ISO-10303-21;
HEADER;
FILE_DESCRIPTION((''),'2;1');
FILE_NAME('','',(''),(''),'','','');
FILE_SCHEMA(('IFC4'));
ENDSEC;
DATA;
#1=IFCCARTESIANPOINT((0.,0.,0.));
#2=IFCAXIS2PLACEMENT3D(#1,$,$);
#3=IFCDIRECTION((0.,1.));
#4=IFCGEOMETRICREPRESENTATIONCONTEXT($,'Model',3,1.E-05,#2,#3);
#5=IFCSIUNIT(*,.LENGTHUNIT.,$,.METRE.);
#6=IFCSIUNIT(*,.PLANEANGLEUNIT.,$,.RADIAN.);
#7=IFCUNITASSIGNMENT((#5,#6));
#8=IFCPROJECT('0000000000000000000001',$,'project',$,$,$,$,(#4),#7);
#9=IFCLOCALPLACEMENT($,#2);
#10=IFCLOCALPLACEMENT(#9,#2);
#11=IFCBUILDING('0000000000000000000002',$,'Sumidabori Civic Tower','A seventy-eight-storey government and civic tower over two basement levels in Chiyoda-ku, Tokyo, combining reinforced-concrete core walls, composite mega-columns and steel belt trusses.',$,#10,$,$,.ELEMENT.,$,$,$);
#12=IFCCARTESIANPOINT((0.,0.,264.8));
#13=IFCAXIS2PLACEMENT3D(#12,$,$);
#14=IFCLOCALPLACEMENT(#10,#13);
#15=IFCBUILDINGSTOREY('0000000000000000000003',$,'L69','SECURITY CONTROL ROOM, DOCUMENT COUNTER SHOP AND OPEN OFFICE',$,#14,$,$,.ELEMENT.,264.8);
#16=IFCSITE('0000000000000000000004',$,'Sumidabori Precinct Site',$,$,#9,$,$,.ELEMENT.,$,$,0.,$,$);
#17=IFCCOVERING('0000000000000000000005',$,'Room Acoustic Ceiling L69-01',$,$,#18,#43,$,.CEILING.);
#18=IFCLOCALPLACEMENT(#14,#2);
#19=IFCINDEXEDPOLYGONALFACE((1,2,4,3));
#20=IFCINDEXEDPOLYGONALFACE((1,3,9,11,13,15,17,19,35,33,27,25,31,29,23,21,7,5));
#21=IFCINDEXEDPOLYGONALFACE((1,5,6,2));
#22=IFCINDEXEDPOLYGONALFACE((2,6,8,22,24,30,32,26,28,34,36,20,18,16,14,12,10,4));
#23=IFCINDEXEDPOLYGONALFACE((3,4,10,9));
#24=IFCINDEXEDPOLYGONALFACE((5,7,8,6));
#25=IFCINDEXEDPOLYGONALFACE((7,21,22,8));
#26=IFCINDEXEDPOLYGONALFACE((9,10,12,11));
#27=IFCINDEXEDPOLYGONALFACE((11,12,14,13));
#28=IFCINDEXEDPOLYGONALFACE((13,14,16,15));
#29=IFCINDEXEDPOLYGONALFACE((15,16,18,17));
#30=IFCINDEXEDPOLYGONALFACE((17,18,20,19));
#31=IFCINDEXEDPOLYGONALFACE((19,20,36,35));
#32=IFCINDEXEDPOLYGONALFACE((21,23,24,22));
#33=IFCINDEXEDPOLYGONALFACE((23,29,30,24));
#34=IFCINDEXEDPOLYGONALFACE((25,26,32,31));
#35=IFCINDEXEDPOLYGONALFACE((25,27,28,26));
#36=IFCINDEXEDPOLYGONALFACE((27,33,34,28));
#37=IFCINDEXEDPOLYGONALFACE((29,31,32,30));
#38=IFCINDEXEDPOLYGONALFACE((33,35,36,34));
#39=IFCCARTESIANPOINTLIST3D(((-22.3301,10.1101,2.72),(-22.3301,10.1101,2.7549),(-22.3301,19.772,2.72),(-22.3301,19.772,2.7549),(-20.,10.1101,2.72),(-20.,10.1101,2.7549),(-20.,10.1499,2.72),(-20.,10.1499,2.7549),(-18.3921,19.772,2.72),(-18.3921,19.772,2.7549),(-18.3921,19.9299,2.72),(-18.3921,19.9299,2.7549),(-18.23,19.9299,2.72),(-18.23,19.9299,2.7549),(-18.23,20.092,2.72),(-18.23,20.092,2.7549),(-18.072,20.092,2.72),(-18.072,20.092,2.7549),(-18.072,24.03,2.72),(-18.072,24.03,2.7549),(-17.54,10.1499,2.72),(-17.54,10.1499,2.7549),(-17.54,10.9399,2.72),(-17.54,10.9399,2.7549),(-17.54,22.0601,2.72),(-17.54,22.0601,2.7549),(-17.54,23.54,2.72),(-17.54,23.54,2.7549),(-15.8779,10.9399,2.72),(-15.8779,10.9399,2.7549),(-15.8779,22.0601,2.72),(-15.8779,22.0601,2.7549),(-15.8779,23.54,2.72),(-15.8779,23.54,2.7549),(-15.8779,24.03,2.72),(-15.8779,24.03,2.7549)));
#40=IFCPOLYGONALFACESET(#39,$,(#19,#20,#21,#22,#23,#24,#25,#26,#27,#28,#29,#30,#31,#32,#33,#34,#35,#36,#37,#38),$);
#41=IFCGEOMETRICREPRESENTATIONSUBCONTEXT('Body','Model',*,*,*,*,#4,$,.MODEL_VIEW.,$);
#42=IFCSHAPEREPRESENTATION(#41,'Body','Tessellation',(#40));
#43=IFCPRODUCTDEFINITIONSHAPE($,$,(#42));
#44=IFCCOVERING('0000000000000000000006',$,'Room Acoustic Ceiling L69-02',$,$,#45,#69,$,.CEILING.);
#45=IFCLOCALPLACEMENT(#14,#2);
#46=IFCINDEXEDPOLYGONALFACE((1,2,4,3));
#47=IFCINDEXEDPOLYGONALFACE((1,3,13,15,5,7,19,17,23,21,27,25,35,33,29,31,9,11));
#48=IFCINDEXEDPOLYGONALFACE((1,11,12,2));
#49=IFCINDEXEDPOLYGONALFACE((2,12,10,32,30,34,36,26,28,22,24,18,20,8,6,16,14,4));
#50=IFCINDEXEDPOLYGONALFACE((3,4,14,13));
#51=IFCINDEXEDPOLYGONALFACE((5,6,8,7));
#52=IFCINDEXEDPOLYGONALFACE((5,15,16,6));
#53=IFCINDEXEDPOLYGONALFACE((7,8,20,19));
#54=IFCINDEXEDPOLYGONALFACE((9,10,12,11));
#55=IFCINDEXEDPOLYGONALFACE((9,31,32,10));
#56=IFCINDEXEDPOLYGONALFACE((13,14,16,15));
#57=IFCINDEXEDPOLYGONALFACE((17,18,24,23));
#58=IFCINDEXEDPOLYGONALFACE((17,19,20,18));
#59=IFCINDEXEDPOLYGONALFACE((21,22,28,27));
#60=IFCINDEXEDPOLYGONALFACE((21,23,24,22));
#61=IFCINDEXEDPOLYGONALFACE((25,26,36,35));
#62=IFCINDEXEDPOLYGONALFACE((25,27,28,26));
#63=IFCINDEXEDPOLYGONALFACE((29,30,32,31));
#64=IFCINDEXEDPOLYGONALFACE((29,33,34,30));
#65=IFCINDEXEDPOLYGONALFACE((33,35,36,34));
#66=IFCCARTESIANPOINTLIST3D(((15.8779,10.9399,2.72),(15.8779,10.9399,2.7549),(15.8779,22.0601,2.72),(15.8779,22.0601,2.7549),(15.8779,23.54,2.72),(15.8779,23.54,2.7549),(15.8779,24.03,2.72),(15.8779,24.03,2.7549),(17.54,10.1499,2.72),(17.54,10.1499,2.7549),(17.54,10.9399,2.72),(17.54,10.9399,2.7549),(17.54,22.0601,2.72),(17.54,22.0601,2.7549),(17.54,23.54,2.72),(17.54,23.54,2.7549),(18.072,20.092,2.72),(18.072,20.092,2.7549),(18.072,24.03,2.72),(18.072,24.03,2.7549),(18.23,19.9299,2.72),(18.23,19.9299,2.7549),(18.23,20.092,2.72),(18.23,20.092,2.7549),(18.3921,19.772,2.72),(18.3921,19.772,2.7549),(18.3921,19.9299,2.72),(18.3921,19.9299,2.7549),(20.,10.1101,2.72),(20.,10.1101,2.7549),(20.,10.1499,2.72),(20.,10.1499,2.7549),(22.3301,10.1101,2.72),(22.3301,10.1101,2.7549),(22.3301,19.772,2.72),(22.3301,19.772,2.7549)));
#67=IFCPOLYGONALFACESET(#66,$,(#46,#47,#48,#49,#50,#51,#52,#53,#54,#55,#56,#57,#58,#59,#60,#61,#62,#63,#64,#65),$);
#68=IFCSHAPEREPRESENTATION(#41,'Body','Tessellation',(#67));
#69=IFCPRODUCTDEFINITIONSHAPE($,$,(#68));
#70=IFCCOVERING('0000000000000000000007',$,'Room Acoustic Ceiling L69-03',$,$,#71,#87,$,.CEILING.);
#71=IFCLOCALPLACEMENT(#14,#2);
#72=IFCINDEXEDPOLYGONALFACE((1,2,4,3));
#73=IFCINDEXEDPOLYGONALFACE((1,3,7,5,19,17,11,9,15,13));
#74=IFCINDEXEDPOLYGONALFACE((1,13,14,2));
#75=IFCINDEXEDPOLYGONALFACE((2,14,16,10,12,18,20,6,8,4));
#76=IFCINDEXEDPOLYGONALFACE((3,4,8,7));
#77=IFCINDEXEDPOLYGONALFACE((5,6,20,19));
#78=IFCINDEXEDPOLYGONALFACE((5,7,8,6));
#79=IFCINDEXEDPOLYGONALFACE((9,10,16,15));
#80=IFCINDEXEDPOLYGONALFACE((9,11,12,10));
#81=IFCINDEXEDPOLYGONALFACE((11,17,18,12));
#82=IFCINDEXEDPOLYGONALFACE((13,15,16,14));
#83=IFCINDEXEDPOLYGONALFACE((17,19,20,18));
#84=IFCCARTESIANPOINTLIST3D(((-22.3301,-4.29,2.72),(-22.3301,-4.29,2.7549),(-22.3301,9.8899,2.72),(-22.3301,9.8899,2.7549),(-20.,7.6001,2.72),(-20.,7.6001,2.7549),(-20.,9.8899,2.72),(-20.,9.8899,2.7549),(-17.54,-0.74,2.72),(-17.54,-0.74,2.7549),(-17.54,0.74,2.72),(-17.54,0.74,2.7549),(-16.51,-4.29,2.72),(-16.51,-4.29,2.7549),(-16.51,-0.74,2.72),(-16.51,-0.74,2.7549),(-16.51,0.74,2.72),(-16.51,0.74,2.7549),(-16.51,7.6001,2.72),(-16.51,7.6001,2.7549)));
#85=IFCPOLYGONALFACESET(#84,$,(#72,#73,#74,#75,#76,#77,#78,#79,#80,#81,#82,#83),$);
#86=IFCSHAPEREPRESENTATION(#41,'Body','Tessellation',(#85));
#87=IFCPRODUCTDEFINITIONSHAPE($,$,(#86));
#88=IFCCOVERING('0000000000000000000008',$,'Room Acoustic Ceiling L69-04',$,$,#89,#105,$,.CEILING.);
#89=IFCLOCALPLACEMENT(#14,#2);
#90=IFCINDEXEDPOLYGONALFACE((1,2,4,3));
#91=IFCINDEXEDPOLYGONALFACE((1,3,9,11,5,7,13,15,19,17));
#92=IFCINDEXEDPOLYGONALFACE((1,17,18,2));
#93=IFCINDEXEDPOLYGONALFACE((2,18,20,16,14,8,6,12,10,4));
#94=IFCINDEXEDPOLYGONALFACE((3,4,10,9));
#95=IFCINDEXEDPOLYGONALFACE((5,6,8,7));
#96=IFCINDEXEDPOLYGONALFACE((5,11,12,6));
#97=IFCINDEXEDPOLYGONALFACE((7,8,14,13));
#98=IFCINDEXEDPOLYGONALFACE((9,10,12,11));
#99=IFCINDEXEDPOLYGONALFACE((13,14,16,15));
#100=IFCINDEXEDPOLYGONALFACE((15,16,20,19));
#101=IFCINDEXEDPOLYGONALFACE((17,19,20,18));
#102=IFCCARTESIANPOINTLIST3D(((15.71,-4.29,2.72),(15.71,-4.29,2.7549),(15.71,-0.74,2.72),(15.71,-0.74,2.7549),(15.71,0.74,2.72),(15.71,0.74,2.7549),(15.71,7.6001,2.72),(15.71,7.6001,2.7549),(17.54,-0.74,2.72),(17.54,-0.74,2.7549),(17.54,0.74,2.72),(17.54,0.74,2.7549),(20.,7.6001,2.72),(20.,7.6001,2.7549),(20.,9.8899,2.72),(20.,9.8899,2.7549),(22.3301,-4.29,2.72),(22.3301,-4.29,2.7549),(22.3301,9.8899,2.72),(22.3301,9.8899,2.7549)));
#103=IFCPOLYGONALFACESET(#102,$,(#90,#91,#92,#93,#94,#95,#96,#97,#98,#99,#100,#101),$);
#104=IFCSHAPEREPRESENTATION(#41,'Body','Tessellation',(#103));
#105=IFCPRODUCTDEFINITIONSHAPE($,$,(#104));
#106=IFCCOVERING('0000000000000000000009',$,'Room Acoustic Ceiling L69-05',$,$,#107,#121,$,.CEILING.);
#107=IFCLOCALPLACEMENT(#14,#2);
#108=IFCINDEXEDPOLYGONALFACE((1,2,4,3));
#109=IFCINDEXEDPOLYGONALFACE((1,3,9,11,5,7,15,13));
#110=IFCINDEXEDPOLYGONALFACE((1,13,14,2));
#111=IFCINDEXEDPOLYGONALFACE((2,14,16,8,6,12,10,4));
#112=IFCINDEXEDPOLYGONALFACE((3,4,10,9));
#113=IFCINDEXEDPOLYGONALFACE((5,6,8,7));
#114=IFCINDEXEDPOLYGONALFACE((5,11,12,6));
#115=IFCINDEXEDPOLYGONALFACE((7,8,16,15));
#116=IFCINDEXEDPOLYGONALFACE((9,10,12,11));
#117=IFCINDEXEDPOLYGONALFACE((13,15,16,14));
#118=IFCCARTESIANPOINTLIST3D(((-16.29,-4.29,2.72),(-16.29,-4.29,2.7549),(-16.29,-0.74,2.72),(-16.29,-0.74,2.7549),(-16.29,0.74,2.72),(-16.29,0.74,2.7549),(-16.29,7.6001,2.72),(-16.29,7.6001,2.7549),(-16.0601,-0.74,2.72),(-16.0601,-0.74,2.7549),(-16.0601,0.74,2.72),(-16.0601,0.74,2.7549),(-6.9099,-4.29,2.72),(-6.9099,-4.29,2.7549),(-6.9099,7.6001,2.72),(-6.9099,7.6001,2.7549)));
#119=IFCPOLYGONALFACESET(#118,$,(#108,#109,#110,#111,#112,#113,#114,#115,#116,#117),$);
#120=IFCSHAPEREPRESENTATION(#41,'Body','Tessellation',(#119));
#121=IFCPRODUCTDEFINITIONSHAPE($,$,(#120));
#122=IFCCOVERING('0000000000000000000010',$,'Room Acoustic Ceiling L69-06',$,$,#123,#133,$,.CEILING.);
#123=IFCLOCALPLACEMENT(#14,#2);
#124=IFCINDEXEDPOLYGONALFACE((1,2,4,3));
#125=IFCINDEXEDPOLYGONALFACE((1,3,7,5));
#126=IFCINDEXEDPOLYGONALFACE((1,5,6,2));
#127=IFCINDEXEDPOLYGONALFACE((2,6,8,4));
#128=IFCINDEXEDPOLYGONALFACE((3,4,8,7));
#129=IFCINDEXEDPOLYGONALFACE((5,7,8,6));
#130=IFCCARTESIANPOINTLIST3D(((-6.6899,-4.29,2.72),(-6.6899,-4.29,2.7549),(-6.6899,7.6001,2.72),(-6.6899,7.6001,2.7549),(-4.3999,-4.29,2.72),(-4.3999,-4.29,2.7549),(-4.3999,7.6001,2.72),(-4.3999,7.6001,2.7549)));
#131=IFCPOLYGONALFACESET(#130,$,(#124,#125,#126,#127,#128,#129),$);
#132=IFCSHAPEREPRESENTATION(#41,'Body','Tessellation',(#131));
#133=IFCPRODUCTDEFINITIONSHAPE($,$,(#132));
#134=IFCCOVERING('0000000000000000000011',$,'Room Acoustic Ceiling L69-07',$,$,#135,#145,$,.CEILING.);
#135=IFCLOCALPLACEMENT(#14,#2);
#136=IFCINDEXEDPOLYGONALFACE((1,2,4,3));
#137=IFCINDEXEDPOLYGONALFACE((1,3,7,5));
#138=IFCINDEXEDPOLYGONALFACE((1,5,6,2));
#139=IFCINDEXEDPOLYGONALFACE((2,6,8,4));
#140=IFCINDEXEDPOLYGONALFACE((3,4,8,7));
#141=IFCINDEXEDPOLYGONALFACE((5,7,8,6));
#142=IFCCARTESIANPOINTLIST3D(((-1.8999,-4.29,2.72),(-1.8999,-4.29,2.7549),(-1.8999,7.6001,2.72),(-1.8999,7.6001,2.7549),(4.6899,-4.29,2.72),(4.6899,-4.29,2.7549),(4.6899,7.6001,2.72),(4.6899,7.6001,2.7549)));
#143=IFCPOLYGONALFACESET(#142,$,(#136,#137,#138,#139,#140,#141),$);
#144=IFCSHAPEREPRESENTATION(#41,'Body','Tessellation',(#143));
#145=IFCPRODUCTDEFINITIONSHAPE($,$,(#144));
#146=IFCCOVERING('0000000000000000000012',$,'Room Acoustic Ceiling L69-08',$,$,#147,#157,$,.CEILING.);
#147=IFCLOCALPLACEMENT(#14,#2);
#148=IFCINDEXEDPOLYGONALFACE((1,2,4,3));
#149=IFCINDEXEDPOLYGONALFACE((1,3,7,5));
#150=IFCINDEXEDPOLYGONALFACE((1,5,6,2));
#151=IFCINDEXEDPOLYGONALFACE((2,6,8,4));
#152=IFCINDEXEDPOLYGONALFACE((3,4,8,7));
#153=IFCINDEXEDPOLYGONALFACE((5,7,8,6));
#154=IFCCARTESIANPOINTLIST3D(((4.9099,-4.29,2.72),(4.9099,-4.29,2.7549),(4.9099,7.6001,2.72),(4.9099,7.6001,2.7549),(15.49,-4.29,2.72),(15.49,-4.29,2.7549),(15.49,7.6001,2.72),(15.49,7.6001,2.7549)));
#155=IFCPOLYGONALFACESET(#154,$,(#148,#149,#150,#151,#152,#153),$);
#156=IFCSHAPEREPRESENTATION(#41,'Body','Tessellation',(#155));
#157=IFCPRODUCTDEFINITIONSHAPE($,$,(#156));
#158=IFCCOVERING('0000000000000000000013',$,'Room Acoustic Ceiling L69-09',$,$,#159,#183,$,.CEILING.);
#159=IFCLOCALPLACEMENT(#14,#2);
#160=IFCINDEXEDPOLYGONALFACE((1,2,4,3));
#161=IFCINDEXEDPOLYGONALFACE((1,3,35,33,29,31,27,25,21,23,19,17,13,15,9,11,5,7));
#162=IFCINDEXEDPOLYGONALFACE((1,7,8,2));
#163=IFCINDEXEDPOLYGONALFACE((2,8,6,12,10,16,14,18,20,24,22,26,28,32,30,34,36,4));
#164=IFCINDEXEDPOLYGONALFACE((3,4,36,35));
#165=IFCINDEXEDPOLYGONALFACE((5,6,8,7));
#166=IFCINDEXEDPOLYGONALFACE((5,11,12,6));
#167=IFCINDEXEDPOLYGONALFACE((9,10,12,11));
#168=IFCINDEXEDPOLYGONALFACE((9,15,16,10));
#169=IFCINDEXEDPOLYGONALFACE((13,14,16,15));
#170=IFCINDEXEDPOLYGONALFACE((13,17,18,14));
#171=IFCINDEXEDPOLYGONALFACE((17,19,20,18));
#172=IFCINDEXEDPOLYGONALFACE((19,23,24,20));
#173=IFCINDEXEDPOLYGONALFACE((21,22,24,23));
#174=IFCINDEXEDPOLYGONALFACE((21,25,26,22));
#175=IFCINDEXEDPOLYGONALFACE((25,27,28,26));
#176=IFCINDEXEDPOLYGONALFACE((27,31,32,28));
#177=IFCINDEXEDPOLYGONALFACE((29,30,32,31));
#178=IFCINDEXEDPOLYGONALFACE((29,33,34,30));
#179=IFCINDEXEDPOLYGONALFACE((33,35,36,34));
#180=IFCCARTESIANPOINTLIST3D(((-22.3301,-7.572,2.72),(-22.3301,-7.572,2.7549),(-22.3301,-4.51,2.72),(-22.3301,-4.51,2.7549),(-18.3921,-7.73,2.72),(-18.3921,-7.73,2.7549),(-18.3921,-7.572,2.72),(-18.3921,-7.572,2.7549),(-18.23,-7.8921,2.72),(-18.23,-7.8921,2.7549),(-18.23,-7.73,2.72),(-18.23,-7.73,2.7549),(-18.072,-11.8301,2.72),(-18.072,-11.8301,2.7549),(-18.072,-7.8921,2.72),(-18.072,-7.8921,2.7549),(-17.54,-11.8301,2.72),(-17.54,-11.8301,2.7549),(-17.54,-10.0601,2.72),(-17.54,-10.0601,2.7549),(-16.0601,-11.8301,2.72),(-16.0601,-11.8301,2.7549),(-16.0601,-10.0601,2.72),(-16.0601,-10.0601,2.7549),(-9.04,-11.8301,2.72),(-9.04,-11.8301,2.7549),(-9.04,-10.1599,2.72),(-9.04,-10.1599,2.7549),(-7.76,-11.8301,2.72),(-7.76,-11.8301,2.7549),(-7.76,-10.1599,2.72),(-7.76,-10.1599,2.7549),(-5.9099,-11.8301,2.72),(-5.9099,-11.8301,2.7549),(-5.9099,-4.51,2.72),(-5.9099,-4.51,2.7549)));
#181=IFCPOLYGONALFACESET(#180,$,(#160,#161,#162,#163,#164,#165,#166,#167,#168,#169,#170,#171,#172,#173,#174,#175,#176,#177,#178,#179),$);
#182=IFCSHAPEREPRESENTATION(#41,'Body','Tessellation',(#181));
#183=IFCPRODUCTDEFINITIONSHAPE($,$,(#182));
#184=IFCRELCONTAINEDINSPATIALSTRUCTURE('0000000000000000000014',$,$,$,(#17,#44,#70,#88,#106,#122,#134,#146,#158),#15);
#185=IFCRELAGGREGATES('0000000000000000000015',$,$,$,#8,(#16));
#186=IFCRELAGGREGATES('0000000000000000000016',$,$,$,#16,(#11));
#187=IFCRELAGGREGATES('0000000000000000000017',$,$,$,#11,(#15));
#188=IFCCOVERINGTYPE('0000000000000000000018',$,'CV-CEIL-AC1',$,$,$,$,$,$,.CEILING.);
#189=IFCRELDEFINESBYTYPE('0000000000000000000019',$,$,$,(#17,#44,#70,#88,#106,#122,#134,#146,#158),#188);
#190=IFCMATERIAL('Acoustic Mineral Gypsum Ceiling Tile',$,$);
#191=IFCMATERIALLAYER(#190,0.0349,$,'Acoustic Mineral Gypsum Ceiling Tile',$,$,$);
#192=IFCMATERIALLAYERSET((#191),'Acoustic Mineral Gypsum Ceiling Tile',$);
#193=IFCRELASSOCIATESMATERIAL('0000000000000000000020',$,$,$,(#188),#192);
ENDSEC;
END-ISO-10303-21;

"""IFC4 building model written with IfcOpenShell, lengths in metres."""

from ifc_helpers import new_model, si_unit, direction, frame, origin, place, context, subcontext, project, spatial, polyline, outline, extrude, material, layer, layer_set, type_object, element, save


model = new_model("IFC4")

# Units and contexts
model_context = context("Model", 3, precision=1e-05, world=origin(), true_north=direction((0.0, 1.0)))
body_context = subcontext(model_context, "Body", "Model", "MODEL_VIEW")
ifc_project = project(units=[si_unit("LENGTHUNIT", "METRE"), si_unit("PLANEANGLEUNIT", "RADIAN")], contexts=[model_context])

# Site, building, storey
site_placement = place(None, origin())
site = spatial("IfcSite", under=ifc_project, at=site_placement, Name="Sumidabori Precinct Site", CompositionType="ELEMENT", RefElevation=0.0)
building_placement = place(site_placement, origin())
building = spatial("IfcBuilding", under=site, at=building_placement, Name="Sumidabori Civic Tower", Description="A seventy-eight-storey government and civic tower over two basement levels in Chiyoda-ku, Tokyo, combining reinforced-concrete core walls, composite mega-columns and steel belt trusses.", CompositionType="ELEMENT")
storey_placement = place(building_placement, frame((0.0, 0.0, 264.8)))
storey = spatial("IfcBuildingStorey", under=building, at=storey_placement, Name="L69", Description="SECURITY CONTROL ROOM, DOCUMENT COUNTER SHOP AND OPEN OFFICE", CompositionType="ELEMENT", Elevation=264.8)

# Coverings
ifc_material_1 = material(Name="Acoustic Mineral Gypsum Ceiling Tile")
ifc_layer_1 = layer(ifc_material_1, 0.0349, Name="Acoustic Mineral Gypsum Ceiling Tile")
ifc_layer_set_1 = layer_set([ifc_layer_1], Name="Acoustic Mineral Gypsum Ceiling Tile")
covering_type_1 = type_object("IfcCoveringType", Name="CV-CEIL-AC1", PredefinedType="CEILING", material=ifc_layer_set_1)
covering_1_placement = place(storey_placement, frame((0.0, 0.0, 2.72)))
element("IfcCovering", 1, at=covering_1_placement, inside=storey, type_object=covering_type_1, Name="Room Acoustic Ceiling L69-01", PredefinedType="CEILING", context=body_context, shape_type="SweptSolid", body=[
    extrude(outline(polyline([(-22.3301, 10.1101), (-22.3301, 19.772), (-18.3921, 19.772), (-18.3921, 19.9299), (-18.23, 19.9299), (-18.23, 20.092), (-18.072, 20.092), (-18.072, 24.03), (-15.8779, 24.03), (-15.8779, 23.54), (-17.54, 23.54), (-17.54, 22.0601), (-15.8779, 22.0601), (-15.8779, 10.9399), (-17.54, 10.9399), (-17.54, 10.1499), (-20.0, 10.1499), (-20.0, 10.1101), (-22.3301, 10.1101)])), origin(), (0.0, 0.0, 1.0), 0.0349),
])
covering_2_placement = place(storey_placement, frame((0.0, 0.0, 2.72)))
element("IfcCovering", 2, at=covering_2_placement, inside=storey, type_object=covering_type_1, Name="Room Acoustic Ceiling L69-02", PredefinedType="CEILING", context=body_context, shape_type="SweptSolid", body=[
    extrude(outline(polyline([(17.54, 22.0601), (17.54, 23.54), (15.8779, 23.54), (15.8779, 24.03), (18.072, 24.03), (18.072, 20.092), (18.23, 20.092), (18.23, 19.9299), (18.3921, 19.9299), (18.3921, 19.772), (22.3301, 19.772), (22.3301, 10.1101), (20.0, 10.1101), (20.0, 10.1499), (17.54, 10.1499), (17.54, 10.9399), (15.8779, 10.9399), (15.8779, 22.0601), (17.54, 22.0601)])), origin(), (0.0, 0.0, 1.0), 0.0349),
])
covering_3_placement = place(storey_placement, frame((0.0, 0.0, 2.72)))
element("IfcCovering", 3, at=covering_3_placement, inside=storey, type_object=covering_type_1, Name="Room Acoustic Ceiling L69-03", PredefinedType="CEILING", context=body_context, shape_type="SweptSolid", body=[
    extrude(outline(polyline([(-20.0, 7.6001), (-16.51, 7.6001), (-16.51, 0.74), (-17.54, 0.74), (-17.54, -0.74), (-16.51, -0.74), (-16.51, -4.29), (-22.3301, -4.29), (-22.3301, 9.8899), (-20.0, 9.8899), (-20.0, 7.6001)])), origin(), (0.0, 0.0, 1.0), 0.0349),
])
covering_4_placement = place(storey_placement, frame((0.0, 0.0, 2.72)))
element("IfcCovering", 4, at=covering_4_placement, inside=storey, type_object=covering_type_1, Name="Room Acoustic Ceiling L69-04", PredefinedType="CEILING", context=body_context, shape_type="SweptSolid", body=[
    extrude(outline(polyline([(15.71, -0.74), (17.54, -0.74), (17.54, 0.74), (15.71, 0.74), (15.71, 7.6001), (20.0, 7.6001), (20.0, 9.8899), (22.3301, 9.8899), (22.3301, -4.29), (15.71, -4.29), (15.71, -0.74)])), origin(), (0.0, 0.0, 1.0), 0.0349),
])
covering_5_placement = place(storey_placement, frame((0.0, 0.0, 2.72)))
element("IfcCovering", 5, at=covering_5_placement, inside=storey, type_object=covering_type_1, Name="Room Acoustic Ceiling L69-05", PredefinedType="CEILING", context=body_context, shape_type="SweptSolid", body=[
    extrude(outline(polyline([(-16.29, -0.74), (-16.0601, -0.74), (-16.0601, 0.74), (-16.29, 0.74), (-16.29, 7.6001), (-6.9099, 7.6001), (-6.9099, -4.29), (-16.29, -4.29), (-16.29, -0.74)])), origin(), (0.0, 0.0, 1.0), 0.0349),
])
covering_6_placement = place(storey_placement, frame((0.0, 0.0, 2.72)))
element("IfcCovering", 6, at=covering_6_placement, inside=storey, type_object=covering_type_1, Name="Room Acoustic Ceiling L69-06", PredefinedType="CEILING", context=body_context, shape_type="SweptSolid", body=[
    extrude(outline(polyline([(-6.6899, 7.6001), (-4.3999, 7.6001), (-4.3999, -4.29), (-6.6899, -4.29), (-6.6899, 7.6001)])), origin(), (0.0, 0.0, 1.0), 0.0349),
])
covering_7_placement = place(storey_placement, frame((0.0, 0.0, 2.72)))
element("IfcCovering", 7, at=covering_7_placement, inside=storey, type_object=covering_type_1, Name="Room Acoustic Ceiling L69-07", PredefinedType="CEILING", context=body_context, shape_type="SweptSolid", body=[
    extrude(outline(polyline([(-1.8999, 7.6001), (4.6899, 7.6001), (4.6899, -4.29), (-1.8999, -4.29), (-1.8999, 7.6001)])), origin(), (0.0, 0.0, 1.0), 0.0349),
])
covering_8_placement = place(storey_placement, frame((0.0, 0.0, 2.72)))
element("IfcCovering", 8, at=covering_8_placement, inside=storey, type_object=covering_type_1, Name="Room Acoustic Ceiling L69-08", PredefinedType="CEILING", context=body_context, shape_type="SweptSolid", body=[
    extrude(outline(polyline([(4.9099, 7.6001), (15.49, 7.6001), (15.49, -4.29), (4.9099, -4.29), (4.9099, 7.6001)])), origin(), (0.0, 0.0, 1.0), 0.0349),
])
covering_9_placement = place(storey_placement, frame((0.0, 0.0, 2.72)))
element("IfcCovering", 9, at=covering_9_placement, inside=storey, type_object=covering_type_1, Name="Room Acoustic Ceiling L69-09", PredefinedType="CEILING", context=body_context, shape_type="SweptSolid", body=[
    extrude(outline(polyline([(-22.3301, -7.572), (-22.3301, -4.51), (-5.9099, -4.51), (-5.9099, -11.8301), (-7.76, -11.8301), (-7.76, -10.1599), (-9.04, -10.1599), (-9.04, -11.8301), (-16.0601, -11.8301), (-16.0601, -10.0601), (-17.54, -10.0601), (-17.54, -11.8301), (-18.072, -11.8301), (-18.072, -7.8921), (-18.23, -7.8921), (-18.23, -7.73), (-18.3921, -7.73), (-18.3921, -7.572), (-22.3301, -7.572)])), origin(), (0.0, 0.0, 1.0), 0.0349),
])

save(model, "model.ifc")
